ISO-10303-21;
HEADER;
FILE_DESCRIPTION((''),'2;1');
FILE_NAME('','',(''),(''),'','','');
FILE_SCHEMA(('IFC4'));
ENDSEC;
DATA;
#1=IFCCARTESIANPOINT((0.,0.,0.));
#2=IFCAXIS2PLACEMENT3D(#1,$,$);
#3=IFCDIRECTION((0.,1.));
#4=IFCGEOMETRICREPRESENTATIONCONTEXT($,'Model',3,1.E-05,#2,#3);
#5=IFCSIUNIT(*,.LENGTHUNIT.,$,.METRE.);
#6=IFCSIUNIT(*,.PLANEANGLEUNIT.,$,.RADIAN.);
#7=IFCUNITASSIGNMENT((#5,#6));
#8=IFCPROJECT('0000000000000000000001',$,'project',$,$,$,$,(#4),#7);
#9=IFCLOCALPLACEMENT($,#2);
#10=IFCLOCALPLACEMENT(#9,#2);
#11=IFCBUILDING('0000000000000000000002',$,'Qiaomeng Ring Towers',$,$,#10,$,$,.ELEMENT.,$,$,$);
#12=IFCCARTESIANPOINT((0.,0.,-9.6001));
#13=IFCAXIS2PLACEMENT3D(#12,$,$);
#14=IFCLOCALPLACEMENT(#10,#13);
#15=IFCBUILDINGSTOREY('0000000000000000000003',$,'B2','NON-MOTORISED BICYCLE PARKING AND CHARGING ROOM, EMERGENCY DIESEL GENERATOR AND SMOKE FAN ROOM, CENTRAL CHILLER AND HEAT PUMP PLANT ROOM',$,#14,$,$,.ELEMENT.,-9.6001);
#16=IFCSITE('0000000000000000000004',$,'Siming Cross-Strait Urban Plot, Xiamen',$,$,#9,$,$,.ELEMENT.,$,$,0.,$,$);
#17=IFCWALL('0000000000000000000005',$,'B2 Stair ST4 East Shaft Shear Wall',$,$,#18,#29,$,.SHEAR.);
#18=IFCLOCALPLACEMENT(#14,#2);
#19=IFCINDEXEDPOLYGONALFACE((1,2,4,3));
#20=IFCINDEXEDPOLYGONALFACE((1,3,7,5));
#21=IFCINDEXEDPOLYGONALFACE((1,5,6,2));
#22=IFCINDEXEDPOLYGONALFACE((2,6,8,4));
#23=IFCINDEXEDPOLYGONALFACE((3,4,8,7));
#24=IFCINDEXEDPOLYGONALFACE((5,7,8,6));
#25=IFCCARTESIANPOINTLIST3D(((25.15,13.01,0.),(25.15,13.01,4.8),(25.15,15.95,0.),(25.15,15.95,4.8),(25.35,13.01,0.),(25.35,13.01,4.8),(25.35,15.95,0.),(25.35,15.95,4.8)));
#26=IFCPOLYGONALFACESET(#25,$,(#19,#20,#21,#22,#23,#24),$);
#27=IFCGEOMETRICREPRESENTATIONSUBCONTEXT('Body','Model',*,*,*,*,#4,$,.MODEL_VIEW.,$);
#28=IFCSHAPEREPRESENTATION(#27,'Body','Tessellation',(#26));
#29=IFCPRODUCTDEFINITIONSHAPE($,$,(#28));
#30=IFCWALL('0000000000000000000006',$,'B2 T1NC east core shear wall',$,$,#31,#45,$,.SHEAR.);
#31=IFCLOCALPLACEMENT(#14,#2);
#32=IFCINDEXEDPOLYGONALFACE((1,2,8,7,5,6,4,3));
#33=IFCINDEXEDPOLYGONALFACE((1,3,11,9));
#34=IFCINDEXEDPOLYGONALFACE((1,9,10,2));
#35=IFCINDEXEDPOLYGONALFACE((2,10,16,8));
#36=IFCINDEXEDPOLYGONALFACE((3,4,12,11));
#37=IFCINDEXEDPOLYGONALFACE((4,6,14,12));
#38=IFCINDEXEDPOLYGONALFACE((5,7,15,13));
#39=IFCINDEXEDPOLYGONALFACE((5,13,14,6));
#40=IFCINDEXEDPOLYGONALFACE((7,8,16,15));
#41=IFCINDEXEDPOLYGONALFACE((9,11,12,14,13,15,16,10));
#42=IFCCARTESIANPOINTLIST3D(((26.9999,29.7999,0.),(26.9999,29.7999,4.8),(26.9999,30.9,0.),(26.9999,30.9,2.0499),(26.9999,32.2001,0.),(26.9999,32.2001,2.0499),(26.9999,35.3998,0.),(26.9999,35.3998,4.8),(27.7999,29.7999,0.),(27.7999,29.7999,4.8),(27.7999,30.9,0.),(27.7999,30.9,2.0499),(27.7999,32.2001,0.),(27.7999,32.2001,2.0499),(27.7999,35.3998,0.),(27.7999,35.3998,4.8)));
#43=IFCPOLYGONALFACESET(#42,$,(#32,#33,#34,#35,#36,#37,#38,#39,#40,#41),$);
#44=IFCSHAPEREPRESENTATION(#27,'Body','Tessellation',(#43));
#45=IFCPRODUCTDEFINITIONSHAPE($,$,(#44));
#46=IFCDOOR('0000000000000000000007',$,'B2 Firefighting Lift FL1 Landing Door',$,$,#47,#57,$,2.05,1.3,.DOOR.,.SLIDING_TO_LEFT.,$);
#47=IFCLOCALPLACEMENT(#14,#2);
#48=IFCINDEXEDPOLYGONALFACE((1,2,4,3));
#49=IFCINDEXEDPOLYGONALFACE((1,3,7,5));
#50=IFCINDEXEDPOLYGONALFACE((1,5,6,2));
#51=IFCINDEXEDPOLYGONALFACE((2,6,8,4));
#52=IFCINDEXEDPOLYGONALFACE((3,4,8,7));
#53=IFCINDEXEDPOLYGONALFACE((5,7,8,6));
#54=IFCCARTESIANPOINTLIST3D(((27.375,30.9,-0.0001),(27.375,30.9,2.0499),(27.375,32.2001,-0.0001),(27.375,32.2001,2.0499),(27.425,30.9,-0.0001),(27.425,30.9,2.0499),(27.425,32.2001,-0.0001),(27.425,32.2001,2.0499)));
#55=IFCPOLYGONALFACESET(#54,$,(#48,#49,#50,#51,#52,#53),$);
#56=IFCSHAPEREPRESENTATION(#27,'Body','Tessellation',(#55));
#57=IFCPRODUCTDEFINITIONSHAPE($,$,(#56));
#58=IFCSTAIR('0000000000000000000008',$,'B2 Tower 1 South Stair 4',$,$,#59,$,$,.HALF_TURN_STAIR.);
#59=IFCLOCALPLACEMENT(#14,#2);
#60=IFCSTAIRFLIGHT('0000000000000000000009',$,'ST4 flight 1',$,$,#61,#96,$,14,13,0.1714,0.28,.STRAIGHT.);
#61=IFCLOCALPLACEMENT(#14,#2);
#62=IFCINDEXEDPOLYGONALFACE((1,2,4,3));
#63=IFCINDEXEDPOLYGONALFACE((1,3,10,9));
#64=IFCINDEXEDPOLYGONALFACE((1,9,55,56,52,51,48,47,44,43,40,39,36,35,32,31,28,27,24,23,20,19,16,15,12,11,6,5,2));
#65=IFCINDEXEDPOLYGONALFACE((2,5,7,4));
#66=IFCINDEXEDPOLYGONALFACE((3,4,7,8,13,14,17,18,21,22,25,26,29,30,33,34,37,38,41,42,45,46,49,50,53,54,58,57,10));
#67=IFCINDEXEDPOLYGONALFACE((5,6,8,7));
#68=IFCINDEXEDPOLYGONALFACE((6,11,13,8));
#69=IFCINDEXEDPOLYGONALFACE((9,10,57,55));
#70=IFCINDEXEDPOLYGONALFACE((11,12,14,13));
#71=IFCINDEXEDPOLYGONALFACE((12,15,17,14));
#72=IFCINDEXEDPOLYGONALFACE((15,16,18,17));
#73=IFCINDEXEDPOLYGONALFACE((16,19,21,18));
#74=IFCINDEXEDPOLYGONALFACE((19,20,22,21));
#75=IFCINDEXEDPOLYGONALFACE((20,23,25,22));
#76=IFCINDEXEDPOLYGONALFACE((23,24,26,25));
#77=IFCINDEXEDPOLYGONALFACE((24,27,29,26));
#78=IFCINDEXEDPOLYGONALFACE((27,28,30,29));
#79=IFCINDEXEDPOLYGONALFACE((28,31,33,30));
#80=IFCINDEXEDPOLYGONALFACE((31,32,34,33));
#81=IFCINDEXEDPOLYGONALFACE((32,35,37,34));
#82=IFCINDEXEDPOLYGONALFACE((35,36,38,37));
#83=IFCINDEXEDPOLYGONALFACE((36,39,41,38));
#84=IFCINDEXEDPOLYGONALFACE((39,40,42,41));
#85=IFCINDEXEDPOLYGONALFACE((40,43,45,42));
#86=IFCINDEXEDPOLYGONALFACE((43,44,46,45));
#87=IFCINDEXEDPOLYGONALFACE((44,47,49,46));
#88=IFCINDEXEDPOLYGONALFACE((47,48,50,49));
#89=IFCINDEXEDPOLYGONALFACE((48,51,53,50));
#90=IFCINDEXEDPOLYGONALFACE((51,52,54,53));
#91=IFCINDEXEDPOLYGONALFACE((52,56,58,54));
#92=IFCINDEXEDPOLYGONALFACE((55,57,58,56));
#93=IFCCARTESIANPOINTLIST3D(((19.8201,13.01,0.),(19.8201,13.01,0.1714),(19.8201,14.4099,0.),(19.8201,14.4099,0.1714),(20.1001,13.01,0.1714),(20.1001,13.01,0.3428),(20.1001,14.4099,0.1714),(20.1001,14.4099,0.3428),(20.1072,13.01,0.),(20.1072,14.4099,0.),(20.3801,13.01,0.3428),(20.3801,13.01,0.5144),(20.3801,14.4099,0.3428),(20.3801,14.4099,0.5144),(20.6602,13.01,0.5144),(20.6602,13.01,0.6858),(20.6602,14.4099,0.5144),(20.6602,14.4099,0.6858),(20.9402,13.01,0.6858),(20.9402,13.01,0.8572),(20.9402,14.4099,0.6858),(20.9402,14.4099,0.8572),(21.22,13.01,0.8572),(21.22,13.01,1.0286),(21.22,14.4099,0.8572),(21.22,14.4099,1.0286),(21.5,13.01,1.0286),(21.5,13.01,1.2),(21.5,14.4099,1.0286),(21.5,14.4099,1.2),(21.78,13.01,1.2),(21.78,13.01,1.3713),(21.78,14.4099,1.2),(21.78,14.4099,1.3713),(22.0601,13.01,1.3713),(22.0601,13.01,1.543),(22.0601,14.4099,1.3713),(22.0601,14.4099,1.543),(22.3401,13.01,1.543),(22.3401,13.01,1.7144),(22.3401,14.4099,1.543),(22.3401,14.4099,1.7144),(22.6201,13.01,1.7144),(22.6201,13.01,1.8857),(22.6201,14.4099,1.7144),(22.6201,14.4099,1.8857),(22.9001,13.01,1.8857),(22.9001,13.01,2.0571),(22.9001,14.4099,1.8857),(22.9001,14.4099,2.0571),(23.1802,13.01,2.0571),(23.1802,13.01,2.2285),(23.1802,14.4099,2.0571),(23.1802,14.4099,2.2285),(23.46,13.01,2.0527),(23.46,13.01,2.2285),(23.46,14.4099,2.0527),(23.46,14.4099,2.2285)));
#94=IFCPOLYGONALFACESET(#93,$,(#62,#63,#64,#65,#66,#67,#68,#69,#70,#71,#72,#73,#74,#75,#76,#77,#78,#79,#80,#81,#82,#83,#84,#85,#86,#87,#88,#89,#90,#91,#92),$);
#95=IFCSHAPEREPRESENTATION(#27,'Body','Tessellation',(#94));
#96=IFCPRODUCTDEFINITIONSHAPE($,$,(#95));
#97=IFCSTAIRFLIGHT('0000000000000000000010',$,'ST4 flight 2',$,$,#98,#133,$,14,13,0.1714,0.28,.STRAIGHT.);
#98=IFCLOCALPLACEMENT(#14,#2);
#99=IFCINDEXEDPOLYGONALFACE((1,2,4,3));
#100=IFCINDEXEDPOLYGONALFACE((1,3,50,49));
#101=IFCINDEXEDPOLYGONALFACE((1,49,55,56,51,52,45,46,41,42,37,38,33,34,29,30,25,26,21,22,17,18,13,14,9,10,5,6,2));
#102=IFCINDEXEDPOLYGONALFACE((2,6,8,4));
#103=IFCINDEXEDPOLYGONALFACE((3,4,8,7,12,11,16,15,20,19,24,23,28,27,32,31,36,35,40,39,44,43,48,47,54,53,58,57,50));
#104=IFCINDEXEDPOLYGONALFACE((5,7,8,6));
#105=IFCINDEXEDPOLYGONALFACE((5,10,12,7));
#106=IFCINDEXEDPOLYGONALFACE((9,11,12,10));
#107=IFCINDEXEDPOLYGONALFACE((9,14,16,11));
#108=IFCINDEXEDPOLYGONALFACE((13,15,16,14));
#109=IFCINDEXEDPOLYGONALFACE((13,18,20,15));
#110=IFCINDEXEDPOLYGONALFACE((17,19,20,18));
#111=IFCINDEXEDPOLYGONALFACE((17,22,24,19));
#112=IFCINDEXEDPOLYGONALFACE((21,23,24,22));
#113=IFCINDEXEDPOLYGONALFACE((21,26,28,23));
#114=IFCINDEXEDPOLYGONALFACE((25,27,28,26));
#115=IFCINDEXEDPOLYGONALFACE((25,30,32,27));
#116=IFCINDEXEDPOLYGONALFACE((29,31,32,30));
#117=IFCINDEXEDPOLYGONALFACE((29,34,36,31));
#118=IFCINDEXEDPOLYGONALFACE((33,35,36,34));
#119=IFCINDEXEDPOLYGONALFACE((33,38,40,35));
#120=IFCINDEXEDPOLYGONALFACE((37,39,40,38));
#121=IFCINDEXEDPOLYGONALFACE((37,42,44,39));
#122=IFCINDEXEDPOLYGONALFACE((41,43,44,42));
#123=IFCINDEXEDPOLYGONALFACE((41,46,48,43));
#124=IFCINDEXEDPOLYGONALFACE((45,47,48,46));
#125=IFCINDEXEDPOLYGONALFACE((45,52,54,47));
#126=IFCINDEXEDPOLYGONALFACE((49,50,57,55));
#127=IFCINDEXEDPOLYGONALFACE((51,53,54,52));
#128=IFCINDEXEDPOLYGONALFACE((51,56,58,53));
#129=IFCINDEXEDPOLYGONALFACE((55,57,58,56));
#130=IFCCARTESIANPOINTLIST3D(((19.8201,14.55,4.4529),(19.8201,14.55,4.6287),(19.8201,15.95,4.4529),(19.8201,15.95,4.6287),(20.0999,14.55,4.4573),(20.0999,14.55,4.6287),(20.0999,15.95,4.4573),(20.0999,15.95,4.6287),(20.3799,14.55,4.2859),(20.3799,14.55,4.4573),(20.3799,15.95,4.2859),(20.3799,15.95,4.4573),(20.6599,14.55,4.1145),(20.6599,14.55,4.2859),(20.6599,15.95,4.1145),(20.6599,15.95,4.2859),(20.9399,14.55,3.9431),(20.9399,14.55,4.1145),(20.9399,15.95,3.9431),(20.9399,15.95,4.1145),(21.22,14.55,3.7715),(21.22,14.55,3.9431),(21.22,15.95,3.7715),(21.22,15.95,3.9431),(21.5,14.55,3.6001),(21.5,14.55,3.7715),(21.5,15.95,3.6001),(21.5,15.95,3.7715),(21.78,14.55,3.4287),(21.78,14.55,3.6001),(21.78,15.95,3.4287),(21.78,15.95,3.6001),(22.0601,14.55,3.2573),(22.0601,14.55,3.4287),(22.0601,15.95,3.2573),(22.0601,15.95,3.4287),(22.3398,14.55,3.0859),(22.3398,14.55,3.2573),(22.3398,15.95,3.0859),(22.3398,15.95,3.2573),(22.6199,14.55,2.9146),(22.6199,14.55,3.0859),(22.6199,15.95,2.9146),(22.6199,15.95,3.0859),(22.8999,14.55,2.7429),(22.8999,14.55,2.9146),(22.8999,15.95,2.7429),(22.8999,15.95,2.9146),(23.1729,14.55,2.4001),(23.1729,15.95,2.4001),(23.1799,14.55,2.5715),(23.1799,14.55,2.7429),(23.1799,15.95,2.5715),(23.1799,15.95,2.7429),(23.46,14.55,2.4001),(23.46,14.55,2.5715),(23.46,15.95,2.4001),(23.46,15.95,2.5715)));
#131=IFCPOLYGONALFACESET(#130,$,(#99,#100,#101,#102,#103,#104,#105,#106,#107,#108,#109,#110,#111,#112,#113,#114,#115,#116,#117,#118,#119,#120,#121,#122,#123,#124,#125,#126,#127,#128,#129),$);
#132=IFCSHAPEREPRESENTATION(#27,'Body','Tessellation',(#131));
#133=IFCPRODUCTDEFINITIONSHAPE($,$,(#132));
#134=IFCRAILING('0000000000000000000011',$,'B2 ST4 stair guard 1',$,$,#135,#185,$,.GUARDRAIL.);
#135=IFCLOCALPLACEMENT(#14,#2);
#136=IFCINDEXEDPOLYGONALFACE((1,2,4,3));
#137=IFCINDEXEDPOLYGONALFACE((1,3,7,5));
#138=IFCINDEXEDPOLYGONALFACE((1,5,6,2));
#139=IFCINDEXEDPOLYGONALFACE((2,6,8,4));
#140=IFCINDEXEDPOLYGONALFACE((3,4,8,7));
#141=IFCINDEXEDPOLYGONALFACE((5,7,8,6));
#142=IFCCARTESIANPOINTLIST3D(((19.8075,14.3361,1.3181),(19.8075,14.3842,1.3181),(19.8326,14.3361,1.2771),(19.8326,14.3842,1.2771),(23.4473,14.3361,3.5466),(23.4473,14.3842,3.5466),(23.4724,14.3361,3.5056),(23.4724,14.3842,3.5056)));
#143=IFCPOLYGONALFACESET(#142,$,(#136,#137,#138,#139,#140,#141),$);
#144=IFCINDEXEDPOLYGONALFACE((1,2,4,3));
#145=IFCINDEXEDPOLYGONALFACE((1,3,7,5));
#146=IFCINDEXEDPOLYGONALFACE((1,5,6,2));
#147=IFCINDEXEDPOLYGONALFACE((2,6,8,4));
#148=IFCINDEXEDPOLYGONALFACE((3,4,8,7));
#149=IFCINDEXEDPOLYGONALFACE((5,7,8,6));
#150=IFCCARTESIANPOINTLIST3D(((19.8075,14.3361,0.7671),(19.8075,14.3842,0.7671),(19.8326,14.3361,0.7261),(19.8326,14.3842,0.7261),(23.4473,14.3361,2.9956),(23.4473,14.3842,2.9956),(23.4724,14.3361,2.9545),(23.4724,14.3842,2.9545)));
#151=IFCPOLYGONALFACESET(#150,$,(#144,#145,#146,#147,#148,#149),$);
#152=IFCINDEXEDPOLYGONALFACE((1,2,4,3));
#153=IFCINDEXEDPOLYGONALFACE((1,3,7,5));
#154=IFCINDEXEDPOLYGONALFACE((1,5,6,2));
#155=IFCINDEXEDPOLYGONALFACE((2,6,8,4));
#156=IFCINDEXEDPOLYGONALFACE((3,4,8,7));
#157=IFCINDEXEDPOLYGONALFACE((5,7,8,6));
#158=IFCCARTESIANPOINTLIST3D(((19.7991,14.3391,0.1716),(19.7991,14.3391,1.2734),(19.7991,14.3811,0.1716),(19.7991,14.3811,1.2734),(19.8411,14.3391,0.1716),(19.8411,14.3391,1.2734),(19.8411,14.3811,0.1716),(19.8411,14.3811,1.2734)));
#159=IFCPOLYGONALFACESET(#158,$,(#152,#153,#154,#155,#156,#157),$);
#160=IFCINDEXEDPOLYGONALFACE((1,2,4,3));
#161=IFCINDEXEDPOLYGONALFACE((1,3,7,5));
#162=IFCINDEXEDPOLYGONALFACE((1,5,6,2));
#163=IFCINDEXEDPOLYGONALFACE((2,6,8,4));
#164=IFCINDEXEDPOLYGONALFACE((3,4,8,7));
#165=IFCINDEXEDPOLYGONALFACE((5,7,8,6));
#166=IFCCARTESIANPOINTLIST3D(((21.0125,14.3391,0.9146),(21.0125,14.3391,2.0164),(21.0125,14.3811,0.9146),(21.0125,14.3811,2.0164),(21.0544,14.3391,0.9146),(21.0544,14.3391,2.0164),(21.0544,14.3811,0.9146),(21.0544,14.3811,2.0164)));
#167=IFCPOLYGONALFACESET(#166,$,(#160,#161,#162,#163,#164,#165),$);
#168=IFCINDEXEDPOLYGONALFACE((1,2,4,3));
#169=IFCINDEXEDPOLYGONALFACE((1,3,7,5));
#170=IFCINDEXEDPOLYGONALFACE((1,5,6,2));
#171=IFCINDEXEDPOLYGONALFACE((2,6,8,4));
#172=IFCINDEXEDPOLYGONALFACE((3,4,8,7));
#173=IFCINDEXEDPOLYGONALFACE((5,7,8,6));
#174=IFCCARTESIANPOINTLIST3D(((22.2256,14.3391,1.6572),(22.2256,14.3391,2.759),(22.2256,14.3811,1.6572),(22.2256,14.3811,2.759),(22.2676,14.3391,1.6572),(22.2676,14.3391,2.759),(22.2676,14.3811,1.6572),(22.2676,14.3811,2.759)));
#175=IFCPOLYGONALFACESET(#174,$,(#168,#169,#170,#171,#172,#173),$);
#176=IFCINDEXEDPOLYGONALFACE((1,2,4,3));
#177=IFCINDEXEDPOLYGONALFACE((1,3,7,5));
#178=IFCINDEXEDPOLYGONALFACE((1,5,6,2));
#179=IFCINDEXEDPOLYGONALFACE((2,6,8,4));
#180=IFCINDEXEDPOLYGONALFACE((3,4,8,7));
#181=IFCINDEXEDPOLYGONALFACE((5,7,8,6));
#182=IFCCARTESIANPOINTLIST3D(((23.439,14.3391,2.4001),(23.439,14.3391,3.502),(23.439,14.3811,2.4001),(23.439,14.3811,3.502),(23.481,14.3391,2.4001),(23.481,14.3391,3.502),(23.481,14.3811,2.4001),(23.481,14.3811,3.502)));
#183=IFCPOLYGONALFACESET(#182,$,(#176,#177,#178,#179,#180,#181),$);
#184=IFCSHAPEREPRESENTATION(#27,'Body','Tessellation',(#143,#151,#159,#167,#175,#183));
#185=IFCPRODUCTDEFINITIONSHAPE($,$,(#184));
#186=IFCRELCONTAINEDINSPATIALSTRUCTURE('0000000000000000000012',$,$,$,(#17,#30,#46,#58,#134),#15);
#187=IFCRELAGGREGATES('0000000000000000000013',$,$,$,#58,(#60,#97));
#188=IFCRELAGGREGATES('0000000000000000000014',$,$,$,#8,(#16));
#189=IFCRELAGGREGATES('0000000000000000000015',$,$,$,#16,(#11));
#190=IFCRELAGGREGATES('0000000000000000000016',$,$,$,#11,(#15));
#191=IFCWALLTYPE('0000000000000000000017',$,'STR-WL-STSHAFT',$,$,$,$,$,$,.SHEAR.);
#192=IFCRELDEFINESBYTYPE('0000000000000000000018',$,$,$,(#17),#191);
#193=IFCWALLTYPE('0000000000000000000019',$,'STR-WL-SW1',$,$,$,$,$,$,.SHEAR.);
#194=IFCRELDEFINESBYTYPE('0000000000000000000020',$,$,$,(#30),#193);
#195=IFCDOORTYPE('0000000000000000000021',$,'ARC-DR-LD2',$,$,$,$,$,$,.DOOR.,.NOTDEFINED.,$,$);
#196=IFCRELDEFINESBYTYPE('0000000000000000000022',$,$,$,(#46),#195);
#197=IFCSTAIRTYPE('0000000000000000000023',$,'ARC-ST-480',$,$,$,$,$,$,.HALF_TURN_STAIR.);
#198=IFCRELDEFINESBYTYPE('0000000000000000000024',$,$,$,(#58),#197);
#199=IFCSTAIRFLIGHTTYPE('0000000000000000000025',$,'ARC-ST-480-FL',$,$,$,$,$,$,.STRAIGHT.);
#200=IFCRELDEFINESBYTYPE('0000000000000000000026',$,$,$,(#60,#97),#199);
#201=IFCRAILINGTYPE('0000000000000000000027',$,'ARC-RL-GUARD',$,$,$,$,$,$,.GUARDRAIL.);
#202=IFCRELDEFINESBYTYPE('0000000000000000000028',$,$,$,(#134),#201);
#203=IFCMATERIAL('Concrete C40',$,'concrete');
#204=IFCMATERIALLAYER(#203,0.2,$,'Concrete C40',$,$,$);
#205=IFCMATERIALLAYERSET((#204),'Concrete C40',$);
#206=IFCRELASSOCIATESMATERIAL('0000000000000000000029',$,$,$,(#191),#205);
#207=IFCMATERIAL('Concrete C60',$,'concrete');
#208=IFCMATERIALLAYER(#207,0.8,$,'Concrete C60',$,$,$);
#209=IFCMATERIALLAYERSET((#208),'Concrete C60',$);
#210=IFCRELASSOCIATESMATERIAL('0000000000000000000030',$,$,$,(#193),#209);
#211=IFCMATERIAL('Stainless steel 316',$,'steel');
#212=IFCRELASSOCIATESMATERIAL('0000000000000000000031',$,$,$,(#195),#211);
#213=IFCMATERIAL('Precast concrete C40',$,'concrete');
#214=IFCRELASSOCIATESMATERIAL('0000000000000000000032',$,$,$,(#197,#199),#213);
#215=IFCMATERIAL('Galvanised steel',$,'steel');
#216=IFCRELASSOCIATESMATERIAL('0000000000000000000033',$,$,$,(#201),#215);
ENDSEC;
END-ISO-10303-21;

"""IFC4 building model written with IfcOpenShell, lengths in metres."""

from ifc_helpers import new_model, si_unit, direction, frame, frame_2d, origin, origin_2d, place, context, subcontext, project, spatial, polyline, rectangle, outline, extrude, source, transform, mapped, material, layer, layer_set, type_object, element, fill, aggregate, save


model = new_model("IFC4")

# Units and contexts
model_context = context("Model", 3, precision=1e-05, world=origin(), true_north=direction((0.0, 1.0)))
body_context = subcontext(model_context, "Body", "Model", "MODEL_VIEW")
ifc_project = project(units=[si_unit("LENGTHUNIT", "METRE"), si_unit("PLANEANGLEUNIT", "RADIAN")], contexts=[model_context])

# Site, building, storey
site_placement = place(None, origin())
site = spatial("IfcSite", under=ifc_project, at=site_placement, Name="Siming Cross-Strait Urban Plot, Xiamen", CompositionType="ELEMENT", RefElevation=0.0)
building_placement = place(site_placement, origin())
building = spatial("IfcBuilding", under=site, at=building_placement, Name="Qiaomeng Ring Towers", CompositionType="ELEMENT")
storey_placement = place(building_placement, frame((0.0, 0.0, -9.6001)))
storey = spatial("IfcBuildingStorey", under=building, at=storey_placement, Name="B2", Description="NON-MOTORISED BICYCLE PARKING AND CHARGING ROOM, EMERGENCY DIESEL GENERATOR AND SMOKE FAN ROOM, CENTRAL CHILLER AND HEAT PUMP PLANT ROOM", CompositionType="ELEMENT", Elevation=-9.6001)

# Shared definitions
ifc_material_1 = material(Name="Concrete C40", Category="concrete")

# Shared definitions
ifc_layer_1 = layer(ifc_material_1, 0.2, Name="Concrete C40")
ifc_layer_set_1 = layer_set([ifc_layer_1], Name="Concrete C40")
wall_type_1 = type_object("IfcWallType", Name="STR-WL-STSHAFT", PredefinedType="SHEAR", material=ifc_layer_set_1)

# Shared definitions
ifc_material_2 = material(Name="Galvanised steel", Category="steel")

# Wall
for number, where, z_axis, x_axis, name in (
    (1, (25.25, 13.01, 0.0), (0.0, 0.0, 1.0), (0.0, 1.0, 0.0), "B2 Stair ST4 East Shaft Shear Wall"),
):
    element("IfcWall", number, at=place(storey_placement, frame(where, z_axis=z_axis, x_axis=x_axis)), inside=storey, type_object=wall_type_1, Name=name, PredefinedType="SHEAR", context=body_context, shape_type="SweptSolid", body=[
        extrude(rectangle(XDim=2.9399, YDim=0.2, at=frame_2d((1.47, 0.0))), origin(), (0.0, 0.0, 1.0), 4.8),
    ])

# Wall, opening, door
ifc_material_3 = material(Name="Concrete C60", Category="concrete")
ifc_layer_2 = layer(ifc_material_3, 0.8, Name="Concrete C60")
ifc_layer_set_2 = layer_set([ifc_layer_2], Name="Concrete C60")
wall_type_2 = type_object("IfcWallType", Name="STR-WL-SW1", PredefinedType="SHEAR", material=ifc_layer_set_2)
wall_1_placement = place(storey_placement, frame((27.3999, 29.8, 0.0), z_axis=(0.0, 0.0, 1.0), x_axis=(0.0, 1.0, 0.0)))
wall_1 = element("IfcWall", 2, at=wall_1_placement, inside=storey, type_object=wall_type_2, Name="B2 T1NC east core shear wall", PredefinedType="SHEAR", context=body_context, shape_type="SweptSolid", body=[
    extrude(rectangle(XDim=5.5999, YDim=0.8, at=frame_2d((2.7998, 0.0))), origin(), (0.0, 0.0, 1.0), 4.8),
])
opening_1_placement = place(wall_1_placement, frame((1.1001, 0.0, 0.0)))
opening_1 = element("IfcOpeningElement", 3, at=opening_1_placement, cuts=wall_1, PredefinedType="OPENING", context=body_context, shape_type="SweptSolid", body=[
    extrude(rectangle(XDim=1.3, YDim=2.05, at=frame_2d((0.6499, 1.0249))), frame((0.0, 0.4099, 0.0), z_axis=(0.0, -1.0, 0.0), x_axis=(1.0, 0.0, 0.0)), (0.0, 0.0, 1.0), 0.8201),
])
ifc_material_4 = material(Name="Stainless steel 316", Category="steel")
door_type_1 = type_object("IfcDoorType", Name="ARC-DR-LD2", OperationType="NOTDEFINED", PredefinedType="DOOR", material=ifc_material_4)
shared_shape_1 = source(origin(), body_context, "Body", "SweptSolid", [
    extrude(rectangle(XDim=1.3, YDim=2.05, at=frame_2d((0.6499, 1.0249))), frame((0.0, 0.0249, 0.0), z_axis=(0.0, -1.0, 0.0), x_axis=(1.0, 0.0, 0.0)), (0.0, 0.0, 1.0), 0.05),
])
door_1_placement = place(opening_1_placement, origin())
door_1 = element("IfcDoor", 4, at=door_1_placement, inside=storey, type_object=door_type_1, Name="B2 Firefighting Lift FL1 Landing Door", OperationType="SLIDING_TO_LEFT", OverallHeight=2.05, OverallWidth=1.3, PredefinedType="DOOR", context=body_context, shape_type="MappedRepresentation", body=[
    mapped(shared_shape_1, transform((0.0, 0.0, 0.0), x_axis=(1.0, 0.0, 0.0), y_axis=(0.0, 1.0, 0.0), z_axis=(0.0, 0.0, 1.0), scale=1.0)),
])
fill(opening_1, door_1)

# Stair, stair flights
ifc_material_5 = material(Name="Precast concrete C40", Category="concrete")
stair_type = type_object("IfcStairType", Name="ARC-ST-480", PredefinedType="HALF_TURN_STAIR", material=ifc_material_5)
stair_placement = place(storey_placement, origin())
stair = element("IfcStair", 5, at=stair_placement, inside=storey, type_object=stair_type, Name="B2 Tower 1 South Stair 4", PredefinedType="HALF_TURN_STAIR")
stair_flight_type = type_object("IfcStairFlightType", Name="ARC-ST-480-FL", PredefinedType="STRAIGHT", material=ifc_material_5)
shared_shape_2 = source(origin(), body_context, "Body", "SweptSolid", [
    extrude(outline(polyline([(0.0, 0.0), (0.0, 0.1714), (0.28, 0.1714), (0.28, 0.3428), (0.5601, 0.3428), (0.5601, 0.5144), (0.8401, 0.5144), (0.8401, 0.6858), (1.1201, 0.6858), (1.1201, 0.8572), (1.3999, 0.8572), (1.3999, 1.0286), (1.6799, 1.0286), (1.6799, 1.2), (1.96, 1.2), (1.96, 1.3713), (2.24, 1.3713), (2.24, 1.543), (2.52, 1.543), (2.52, 1.7144), (2.8, 1.7144), (2.8, 1.8857), (3.0801, 1.8857), (3.0801, 2.0571), (3.3601, 2.0571), (3.3601, 2.2285), (3.6399, 2.2285), (3.6399, 2.3999), (3.6399, 2.0527), (0.2871, 0.0), (0.0, 0.0)])), frame((0.0, 0.7, 0.0), z_axis=(0.0, -1.0, 0.0), x_axis=(1.0, 0.0, 0.0)), (0.0, 0.0, 1.0), 1.3999),
])
stair_flight_1_placement = place(storey_placement, frame((19.8201, 13.71, 0.0), z_axis=(0.0, 0.0, 1.0), x_axis=(1.0, 0.0, 0.0)))
stair_flight_1 = element("IfcStairFlight", 6, at=stair_flight_1_placement, type_object=stair_flight_type, Name="ST4 flight 1", NumberOfRisers=14, NumberOfTreads=13, PredefinedType="STRAIGHT", RiserHeight=0.1714, TreadLength=0.28, context=body_context, shape_type="MappedRepresentation", body=[
    mapped(shared_shape_2, transform((0.0, 0.0, 0.0), x_axis=(1.0, 0.0, 0.0), y_axis=(0.0, 1.0, 0.0), z_axis=(0.0, 0.0, 1.0), scale=1.0)),
])
stair_flight_2_placement = place(storey_placement, frame((23.46, 15.25, 2.4001), z_axis=(0.0, 0.0, 1.0), x_axis=(-1.0, 0.0, 0.0)))
stair_flight_2 = element("IfcStairFlight", 7, at=stair_flight_2_placement, type_object=stair_flight_type, Name="ST4 flight 2", NumberOfRisers=14, NumberOfTreads=13, PredefinedType="STRAIGHT", RiserHeight=0.1714, TreadLength=0.28, context=body_context, shape_type="MappedRepresentation", body=[
    mapped(shared_shape_2, transform((0.0, 0.0, 0.0), x_axis=(1.0, 0.0, 0.0), y_axis=(0.0, 1.0, 0.0), z_axis=(0.0, 0.0, 1.0), scale=1.0)),
])
aggregate(stair, [stair_flight_1, stair_flight_2])

# Railing
railing_type_1 = type_object("IfcRailingType", Name="ARC-RL-GUARD", PredefinedType="GUARDRAIL", material=ifc_material_2)
railing_1_placement = place(storey_placement, frame((19.8201, 14.3601, 0.1716)))
element("IfcRailing", 8, at=railing_1_placement, inside=storey, type_object=railing_type_1, Name="B2 ST4 stair guard 1", PredefinedType="GUARDRAIL", context=body_context, shape_type="SweptSolid", body=[
    extrude(rectangle(XDim=0.0481, YDim=0.0481, at=origin_2d()), frame((0.0, 0.0, 1.126), z_axis=(0.85285, 0.0, 0.522156), x_axis=(0.0, 1.0, 0.0)), (0.0, 0.0, 1.0), 4.2678),
    extrude(rectangle(XDim=0.0481, YDim=0.0481, at=origin_2d()), frame((0.0, 0.0, 0.575), z_axis=(0.85285, 0.0, 0.522156), x_axis=(0.0, 1.0, 0.0)), (0.0, 0.0, 1.0), 4.2678),
    extrude(rectangle(XDim=0.042, YDim=0.042, at=origin_2d()), origin(), (0.0, 0.0, 1.0), 1.1018),
    extrude(rectangle(XDim=0.042, YDim=0.042, at=origin_2d()), frame((1.2134, 0.0, 0.7429)), (0.0, 0.0, 1.0), 1.1018),
    extrude(rectangle(XDim=0.042, YDim=0.042, at=origin_2d()), frame((2.4265, 0.0, 1.4856)), (0.0, 0.0, 1.0), 1.1018),
    extrude(rectangle(XDim=0.042, YDim=0.042, at=origin_2d()), frame((3.6399, 0.0, 2.2285)), (0.0, 0.0, 1.0), 1.1018),
])

save(model, "model.ifc")
